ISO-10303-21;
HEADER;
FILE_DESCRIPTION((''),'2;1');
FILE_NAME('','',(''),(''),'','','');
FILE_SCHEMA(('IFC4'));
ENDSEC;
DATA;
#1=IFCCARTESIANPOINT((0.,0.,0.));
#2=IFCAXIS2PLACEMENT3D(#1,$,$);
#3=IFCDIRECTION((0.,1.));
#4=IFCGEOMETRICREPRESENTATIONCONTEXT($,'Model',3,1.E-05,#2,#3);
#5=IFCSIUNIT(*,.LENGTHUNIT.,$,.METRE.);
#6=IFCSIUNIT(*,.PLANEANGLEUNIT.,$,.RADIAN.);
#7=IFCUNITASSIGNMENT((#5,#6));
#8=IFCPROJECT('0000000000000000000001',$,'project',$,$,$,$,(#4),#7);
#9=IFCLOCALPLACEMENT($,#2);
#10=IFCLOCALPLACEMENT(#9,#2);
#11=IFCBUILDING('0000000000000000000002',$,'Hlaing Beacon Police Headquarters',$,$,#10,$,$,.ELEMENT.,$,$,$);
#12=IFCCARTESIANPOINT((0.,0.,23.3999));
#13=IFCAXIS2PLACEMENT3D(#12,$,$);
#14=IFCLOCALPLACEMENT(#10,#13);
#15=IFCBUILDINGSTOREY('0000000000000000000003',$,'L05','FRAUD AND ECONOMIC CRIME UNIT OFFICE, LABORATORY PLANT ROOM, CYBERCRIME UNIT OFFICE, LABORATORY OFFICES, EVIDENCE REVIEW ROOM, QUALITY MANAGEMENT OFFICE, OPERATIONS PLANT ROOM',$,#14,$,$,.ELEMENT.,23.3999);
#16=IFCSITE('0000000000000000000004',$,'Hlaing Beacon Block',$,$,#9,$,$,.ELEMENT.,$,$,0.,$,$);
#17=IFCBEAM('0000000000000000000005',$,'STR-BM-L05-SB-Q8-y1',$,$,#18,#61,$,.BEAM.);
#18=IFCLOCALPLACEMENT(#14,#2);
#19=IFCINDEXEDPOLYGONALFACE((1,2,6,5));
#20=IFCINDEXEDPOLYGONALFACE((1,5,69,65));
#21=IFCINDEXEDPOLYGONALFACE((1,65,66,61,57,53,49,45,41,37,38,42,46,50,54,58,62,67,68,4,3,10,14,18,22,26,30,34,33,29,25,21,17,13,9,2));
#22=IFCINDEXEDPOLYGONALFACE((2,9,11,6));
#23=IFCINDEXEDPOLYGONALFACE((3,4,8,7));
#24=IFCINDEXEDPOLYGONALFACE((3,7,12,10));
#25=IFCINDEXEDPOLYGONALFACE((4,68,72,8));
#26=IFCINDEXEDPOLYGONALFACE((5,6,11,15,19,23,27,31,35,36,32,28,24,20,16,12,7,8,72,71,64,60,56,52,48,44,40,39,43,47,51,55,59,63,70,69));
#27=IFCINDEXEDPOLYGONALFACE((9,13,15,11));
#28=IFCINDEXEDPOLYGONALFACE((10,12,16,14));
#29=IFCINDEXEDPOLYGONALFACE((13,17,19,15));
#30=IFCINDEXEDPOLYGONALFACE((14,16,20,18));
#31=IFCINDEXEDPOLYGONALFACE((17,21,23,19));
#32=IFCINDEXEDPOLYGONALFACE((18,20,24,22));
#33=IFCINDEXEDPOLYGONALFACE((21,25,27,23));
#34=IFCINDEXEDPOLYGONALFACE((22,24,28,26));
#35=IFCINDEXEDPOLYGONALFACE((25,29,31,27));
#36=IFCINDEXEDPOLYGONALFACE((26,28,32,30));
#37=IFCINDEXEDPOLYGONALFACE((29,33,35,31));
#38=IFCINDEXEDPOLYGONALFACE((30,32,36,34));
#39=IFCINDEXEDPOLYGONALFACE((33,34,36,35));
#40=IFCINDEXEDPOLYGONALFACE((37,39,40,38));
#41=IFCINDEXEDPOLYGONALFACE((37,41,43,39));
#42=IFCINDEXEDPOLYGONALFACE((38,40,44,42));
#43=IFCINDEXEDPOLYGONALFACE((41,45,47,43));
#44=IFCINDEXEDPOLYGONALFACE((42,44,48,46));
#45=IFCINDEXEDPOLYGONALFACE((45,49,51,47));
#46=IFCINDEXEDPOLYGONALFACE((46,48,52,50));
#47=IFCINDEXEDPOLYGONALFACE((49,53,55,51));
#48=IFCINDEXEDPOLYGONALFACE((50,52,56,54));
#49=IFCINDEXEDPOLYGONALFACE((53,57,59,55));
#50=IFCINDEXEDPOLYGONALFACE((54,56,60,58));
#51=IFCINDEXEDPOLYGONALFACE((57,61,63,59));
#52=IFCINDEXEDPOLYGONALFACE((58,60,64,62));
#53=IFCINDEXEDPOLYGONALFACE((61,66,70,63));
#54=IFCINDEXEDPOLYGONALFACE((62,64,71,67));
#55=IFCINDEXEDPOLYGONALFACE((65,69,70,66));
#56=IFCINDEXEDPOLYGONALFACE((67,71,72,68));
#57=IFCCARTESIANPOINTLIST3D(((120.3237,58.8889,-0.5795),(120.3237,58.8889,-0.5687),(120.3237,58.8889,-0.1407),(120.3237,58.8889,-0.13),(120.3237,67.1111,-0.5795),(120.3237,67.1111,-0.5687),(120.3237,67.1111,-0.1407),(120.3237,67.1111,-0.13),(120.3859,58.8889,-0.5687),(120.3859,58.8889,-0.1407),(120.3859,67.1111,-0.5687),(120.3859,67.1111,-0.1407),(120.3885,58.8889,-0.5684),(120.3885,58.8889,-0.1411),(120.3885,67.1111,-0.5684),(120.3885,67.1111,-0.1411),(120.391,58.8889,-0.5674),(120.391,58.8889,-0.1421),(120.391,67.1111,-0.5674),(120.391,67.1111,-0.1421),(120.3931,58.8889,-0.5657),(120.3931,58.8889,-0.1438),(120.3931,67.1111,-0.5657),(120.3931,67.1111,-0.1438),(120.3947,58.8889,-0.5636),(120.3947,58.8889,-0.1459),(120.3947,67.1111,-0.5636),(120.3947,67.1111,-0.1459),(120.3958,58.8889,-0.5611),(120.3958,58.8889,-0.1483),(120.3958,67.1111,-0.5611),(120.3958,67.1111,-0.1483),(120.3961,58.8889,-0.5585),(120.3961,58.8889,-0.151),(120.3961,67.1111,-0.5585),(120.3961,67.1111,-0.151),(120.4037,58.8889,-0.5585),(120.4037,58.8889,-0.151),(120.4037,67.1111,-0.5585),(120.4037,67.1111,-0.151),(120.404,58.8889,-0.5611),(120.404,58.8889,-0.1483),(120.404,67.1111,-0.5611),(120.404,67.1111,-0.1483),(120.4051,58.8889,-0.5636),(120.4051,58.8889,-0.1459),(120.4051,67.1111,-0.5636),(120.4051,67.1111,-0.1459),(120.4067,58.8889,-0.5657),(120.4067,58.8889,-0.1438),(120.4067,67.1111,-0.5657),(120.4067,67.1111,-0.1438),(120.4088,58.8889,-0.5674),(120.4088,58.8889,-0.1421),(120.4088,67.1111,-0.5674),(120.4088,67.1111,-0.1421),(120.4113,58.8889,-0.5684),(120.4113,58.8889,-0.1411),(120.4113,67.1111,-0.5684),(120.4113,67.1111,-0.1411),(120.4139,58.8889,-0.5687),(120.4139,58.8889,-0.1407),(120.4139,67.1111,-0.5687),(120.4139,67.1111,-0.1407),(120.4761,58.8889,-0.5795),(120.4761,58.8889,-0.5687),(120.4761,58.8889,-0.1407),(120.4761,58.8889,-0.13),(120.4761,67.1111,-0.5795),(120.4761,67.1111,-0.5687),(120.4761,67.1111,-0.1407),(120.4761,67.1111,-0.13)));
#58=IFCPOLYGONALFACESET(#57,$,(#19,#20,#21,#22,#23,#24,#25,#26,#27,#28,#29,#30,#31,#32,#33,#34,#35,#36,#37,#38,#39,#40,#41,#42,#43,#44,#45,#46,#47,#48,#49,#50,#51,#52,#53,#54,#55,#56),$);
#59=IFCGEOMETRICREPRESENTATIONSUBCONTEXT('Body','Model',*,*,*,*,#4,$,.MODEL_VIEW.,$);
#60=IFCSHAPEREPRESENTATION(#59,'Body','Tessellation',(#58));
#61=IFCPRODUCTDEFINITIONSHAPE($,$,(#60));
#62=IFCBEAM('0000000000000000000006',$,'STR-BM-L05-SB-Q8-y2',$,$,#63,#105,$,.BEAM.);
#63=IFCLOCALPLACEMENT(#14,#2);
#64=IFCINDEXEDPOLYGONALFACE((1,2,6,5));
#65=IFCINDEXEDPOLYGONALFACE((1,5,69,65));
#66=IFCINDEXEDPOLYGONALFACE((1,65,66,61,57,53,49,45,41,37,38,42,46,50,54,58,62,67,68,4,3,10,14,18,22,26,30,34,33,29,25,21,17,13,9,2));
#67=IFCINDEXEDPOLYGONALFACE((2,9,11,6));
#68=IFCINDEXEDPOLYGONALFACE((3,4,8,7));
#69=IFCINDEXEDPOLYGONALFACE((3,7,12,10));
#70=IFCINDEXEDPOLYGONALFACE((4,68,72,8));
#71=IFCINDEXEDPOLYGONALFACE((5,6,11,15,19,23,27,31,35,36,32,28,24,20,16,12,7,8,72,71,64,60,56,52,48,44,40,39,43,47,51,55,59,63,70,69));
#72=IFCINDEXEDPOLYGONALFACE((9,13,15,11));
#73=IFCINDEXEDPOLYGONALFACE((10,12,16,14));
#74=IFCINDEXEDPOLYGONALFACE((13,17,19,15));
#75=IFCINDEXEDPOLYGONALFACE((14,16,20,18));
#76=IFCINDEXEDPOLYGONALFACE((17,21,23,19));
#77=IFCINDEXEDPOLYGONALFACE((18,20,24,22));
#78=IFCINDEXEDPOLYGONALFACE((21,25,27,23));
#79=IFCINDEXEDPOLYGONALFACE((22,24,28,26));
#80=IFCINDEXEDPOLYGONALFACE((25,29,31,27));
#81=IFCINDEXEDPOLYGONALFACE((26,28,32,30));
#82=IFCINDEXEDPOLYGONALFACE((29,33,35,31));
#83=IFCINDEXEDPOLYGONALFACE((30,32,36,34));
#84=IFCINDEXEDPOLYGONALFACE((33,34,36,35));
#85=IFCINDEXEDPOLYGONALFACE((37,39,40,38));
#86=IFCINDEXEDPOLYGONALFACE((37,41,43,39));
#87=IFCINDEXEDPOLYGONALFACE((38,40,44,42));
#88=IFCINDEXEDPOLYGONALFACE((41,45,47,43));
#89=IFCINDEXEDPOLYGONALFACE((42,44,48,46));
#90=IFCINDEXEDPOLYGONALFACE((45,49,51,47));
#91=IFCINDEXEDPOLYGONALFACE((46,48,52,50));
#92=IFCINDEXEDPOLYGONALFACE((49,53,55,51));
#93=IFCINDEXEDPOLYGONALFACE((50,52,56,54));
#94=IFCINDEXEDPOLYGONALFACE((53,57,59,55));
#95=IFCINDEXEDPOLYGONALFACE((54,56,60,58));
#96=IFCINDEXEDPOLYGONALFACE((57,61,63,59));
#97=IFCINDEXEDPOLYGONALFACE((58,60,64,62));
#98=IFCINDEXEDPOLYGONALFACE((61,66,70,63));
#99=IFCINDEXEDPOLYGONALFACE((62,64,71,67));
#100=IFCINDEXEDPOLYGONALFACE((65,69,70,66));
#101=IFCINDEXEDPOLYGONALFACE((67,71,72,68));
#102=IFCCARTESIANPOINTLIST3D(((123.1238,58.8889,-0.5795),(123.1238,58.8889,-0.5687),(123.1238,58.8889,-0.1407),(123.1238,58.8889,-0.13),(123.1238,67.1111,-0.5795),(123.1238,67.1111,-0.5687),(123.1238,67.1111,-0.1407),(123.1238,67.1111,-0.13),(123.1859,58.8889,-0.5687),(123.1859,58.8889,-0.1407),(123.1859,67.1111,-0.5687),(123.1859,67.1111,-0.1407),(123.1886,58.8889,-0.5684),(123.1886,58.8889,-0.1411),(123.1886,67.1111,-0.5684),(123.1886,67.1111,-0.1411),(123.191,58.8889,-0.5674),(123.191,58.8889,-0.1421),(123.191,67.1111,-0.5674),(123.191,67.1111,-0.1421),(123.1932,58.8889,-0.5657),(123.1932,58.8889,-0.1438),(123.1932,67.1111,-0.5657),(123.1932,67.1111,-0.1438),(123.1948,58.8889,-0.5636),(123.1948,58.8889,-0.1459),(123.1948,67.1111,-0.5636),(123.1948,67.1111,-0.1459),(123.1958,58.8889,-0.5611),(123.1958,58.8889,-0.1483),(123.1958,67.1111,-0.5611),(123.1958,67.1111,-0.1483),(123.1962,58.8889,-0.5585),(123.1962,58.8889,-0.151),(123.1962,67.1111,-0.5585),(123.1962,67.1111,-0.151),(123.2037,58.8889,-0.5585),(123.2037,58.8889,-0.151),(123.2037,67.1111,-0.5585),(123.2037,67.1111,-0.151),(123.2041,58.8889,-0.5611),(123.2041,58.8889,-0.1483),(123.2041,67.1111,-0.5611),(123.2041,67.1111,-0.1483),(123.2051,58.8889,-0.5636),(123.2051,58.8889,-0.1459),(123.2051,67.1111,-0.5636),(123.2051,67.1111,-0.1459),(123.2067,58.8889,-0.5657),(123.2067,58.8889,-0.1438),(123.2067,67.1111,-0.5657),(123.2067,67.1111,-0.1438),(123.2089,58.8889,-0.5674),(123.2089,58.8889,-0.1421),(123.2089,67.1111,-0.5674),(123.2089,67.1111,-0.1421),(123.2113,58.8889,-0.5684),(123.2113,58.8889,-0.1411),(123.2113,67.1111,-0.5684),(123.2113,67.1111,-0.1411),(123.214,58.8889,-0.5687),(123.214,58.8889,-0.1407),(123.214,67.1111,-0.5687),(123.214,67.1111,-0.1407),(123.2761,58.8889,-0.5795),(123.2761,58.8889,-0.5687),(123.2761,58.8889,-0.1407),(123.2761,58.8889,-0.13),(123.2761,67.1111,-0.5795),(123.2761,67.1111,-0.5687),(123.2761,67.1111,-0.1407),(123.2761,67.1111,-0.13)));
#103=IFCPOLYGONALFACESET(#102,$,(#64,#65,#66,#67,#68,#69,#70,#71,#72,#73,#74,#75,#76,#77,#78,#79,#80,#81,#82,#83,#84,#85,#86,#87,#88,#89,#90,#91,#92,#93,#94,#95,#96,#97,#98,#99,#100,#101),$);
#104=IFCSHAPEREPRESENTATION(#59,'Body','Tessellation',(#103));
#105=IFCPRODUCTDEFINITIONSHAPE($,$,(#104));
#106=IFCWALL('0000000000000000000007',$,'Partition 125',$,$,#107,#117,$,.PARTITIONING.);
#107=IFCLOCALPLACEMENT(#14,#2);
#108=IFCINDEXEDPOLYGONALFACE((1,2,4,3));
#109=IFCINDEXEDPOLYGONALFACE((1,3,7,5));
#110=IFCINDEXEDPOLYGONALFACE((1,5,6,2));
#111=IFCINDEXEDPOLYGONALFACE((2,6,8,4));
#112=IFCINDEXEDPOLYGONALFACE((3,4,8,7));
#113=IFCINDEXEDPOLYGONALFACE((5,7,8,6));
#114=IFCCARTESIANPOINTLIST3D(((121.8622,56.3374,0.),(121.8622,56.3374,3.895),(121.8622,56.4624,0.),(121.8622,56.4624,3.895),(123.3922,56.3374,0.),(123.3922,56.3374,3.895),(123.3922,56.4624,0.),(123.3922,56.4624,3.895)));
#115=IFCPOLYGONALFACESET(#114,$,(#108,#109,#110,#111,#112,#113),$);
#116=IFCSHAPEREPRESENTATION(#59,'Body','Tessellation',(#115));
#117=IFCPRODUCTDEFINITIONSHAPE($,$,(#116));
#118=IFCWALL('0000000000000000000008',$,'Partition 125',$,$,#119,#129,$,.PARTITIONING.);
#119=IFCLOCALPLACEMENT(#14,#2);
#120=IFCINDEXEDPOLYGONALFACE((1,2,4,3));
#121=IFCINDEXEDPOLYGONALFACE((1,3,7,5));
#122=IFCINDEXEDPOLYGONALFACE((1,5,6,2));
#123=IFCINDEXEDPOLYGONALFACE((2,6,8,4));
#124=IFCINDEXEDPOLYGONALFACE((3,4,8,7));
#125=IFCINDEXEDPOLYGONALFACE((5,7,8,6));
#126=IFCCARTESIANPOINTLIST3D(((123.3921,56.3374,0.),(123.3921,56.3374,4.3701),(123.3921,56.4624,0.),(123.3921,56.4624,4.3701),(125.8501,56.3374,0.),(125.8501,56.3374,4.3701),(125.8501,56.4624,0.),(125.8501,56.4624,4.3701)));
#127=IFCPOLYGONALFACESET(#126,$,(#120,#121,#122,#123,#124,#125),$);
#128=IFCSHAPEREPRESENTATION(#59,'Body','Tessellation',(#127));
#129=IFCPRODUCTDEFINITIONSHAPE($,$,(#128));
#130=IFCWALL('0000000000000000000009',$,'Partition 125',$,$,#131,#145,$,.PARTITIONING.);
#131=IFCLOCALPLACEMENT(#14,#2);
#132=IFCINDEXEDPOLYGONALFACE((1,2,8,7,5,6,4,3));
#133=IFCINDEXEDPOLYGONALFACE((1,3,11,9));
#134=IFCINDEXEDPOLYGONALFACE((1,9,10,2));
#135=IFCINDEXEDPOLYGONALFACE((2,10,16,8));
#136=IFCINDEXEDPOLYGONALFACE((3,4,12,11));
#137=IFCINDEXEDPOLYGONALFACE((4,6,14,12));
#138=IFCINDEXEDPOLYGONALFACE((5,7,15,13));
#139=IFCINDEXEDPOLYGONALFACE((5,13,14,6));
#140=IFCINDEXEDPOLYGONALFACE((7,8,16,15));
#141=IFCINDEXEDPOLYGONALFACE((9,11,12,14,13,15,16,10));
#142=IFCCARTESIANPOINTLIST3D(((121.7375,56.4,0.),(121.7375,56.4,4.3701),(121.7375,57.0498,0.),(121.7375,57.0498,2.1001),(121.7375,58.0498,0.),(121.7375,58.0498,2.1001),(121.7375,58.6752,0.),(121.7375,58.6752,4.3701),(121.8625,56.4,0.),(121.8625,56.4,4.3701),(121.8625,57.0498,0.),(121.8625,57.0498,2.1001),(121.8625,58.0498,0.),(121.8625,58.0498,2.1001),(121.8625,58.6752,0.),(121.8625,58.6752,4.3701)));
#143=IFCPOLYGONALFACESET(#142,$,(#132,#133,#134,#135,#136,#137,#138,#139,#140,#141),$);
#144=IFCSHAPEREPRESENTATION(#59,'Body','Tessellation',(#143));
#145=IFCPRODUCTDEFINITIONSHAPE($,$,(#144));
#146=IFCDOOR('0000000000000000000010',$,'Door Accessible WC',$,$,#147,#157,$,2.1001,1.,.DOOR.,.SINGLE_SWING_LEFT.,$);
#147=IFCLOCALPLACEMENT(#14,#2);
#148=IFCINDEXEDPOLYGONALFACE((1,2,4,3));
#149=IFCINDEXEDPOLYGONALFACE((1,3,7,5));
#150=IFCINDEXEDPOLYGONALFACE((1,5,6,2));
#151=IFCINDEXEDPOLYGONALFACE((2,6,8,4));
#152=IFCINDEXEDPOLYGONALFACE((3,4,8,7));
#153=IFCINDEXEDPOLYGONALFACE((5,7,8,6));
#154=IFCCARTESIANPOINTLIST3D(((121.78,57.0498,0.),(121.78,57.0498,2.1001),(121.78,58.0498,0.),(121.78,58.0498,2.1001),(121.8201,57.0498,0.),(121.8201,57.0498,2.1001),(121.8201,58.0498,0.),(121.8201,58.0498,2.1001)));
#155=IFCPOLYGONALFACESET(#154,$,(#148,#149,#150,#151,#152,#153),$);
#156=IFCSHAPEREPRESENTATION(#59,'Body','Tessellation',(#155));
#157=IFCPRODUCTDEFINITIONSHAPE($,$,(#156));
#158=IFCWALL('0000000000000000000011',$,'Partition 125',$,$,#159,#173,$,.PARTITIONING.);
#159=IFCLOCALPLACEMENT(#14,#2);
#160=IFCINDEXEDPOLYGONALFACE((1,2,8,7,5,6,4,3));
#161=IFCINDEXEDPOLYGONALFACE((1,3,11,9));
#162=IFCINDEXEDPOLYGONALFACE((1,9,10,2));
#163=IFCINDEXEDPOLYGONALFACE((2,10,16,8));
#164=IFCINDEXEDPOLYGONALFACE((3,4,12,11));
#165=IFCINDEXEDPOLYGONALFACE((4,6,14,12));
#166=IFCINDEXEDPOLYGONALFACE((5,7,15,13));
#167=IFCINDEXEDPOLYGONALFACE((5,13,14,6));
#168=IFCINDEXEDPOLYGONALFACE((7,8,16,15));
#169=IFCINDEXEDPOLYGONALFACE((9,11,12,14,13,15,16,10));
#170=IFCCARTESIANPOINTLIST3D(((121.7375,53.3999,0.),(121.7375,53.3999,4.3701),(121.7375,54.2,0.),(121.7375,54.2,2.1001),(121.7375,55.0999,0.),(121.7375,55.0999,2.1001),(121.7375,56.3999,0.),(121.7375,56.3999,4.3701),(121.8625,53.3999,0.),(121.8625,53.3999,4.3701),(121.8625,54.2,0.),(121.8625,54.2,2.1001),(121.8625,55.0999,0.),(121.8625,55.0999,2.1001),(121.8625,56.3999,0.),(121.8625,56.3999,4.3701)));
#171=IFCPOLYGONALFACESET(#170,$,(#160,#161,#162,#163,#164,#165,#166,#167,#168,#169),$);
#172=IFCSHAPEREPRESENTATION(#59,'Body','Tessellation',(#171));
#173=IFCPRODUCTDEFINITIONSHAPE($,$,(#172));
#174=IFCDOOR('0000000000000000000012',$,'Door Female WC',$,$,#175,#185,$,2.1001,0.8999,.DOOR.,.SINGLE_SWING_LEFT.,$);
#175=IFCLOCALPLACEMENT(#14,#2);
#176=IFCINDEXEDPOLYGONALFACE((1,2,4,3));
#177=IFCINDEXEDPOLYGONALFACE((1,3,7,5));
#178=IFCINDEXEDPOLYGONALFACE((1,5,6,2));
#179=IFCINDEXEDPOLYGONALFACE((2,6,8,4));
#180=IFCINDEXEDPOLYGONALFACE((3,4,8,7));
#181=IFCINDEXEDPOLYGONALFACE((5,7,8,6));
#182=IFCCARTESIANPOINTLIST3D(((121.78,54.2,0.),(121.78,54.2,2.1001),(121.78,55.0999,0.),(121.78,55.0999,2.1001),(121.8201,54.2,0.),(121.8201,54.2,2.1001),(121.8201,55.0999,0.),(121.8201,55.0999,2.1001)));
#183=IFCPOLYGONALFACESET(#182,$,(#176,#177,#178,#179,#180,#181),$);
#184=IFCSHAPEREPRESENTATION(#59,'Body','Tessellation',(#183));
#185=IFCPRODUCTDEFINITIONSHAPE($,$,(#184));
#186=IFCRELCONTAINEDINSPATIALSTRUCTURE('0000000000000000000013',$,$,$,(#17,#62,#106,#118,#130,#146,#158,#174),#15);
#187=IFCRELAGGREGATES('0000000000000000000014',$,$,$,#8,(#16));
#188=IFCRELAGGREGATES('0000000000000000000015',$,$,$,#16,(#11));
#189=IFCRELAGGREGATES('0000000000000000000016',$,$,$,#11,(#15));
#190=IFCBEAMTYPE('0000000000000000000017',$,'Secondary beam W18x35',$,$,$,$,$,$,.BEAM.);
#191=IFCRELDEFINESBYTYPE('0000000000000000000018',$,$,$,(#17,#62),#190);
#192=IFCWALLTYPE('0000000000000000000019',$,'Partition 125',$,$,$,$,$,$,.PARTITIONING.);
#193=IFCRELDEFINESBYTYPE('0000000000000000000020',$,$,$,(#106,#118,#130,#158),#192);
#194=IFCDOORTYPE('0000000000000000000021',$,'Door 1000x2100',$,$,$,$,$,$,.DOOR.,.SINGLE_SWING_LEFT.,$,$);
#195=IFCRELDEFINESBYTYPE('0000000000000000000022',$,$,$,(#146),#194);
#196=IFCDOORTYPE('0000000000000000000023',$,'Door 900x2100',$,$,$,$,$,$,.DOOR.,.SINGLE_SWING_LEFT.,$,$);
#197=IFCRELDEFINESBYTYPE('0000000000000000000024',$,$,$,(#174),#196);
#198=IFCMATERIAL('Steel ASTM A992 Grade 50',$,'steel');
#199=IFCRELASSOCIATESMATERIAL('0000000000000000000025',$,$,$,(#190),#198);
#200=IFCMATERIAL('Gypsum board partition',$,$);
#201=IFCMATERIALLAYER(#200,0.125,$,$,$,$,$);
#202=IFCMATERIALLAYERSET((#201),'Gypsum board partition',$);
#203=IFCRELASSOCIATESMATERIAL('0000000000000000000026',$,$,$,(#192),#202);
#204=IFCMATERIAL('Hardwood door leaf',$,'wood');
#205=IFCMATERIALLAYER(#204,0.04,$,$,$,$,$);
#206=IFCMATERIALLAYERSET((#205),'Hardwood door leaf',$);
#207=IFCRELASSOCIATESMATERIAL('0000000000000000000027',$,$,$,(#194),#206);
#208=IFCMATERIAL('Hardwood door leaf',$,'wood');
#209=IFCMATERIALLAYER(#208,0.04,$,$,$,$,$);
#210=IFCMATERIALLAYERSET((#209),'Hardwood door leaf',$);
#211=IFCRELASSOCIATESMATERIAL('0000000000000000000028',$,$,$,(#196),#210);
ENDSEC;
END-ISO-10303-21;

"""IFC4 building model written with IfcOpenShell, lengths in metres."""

from ifc_helpers import new_model, si_unit, direction, frame, frame_2d, origin, origin_2d, place, context, subcontext, project, spatial, rectangle, i_section, extrude, material, layer, layer_set, material_profile, profile_set, type_object, element, fill, save


model = new_model("IFC4")

# Units and contexts
model_context = context("Model", 3, precision=1e-05, world=origin(), true_north=direction((0.0, 1.0)))
body_context = subcontext(model_context, "Body", "Model", "MODEL_VIEW")
ifc_project = project(units=[si_unit("LENGTHUNIT", "METRE"), si_unit("PLANEANGLEUNIT", "RADIAN")], contexts=[model_context])

# Site, building, storey
site_placement = place(None, origin())
site = spatial("IfcSite", under=ifc_project, at=site_placement, Name="Hlaing Beacon Block", CompositionType="ELEMENT", RefElevation=0.0)
building_placement = place(site_placement, origin())
building = spatial("IfcBuilding", under=site, at=building_placement, Name="Hlaing Beacon Police Headquarters", CompositionType="ELEMENT")
storey_placement = place(building_placement, frame((0.0, 0.0, 23.3999)))
storey = spatial("IfcBuildingStorey", under=building, at=storey_placement, Name="L05", Description="FRAUD AND ECONOMIC CRIME UNIT OFFICE, LABORATORY PLANT ROOM, CYBERCRIME UNIT OFFICE, LABORATORY OFFICES, EVIDENCE REVIEW ROOM, QUALITY MANAGEMENT OFFICE, OPERATIONS PLANT ROOM", CompositionType="ELEMENT", Elevation=23.3999)

# Beams
ifc_material_1 = material(Name="Steel ASTM A992 Grade 50", Category="steel")
ifc_material_profile = material_profile(ifc_material_1, i_section(OverallWidth=0.1523, OverallDepth=0.4495, WebThickness=0.0076, FlangeThickness=0.0107, FilletRadius=0.0103, at=origin_2d()), Name="W18x35")
ifc_profile_set = profile_set([ifc_material_profile], Name="Steel ASTM A992 Grade 50")
beam_type = type_object("IfcBeamType", Name="Secondary beam W18x35", PredefinedType="BEAM", material=ifc_profile_set)
for number, where, z_axis, x_axis, name in (
    (1, (120.3999, 58.8889, -0.3547), (0.0, 1.0, 0.0), (-1.0, 0.0, 0.0), "STR-BM-L05-SB-Q8-y1"),
    (2, (123.2, 58.8889, -0.3547), (0.0, 1.0, 0.0), (-1.0, 0.0, 0.0), "STR-BM-L05-SB-Q8-y2"),
):
    element("IfcBeam", number, at=place(storey_placement, frame(where, z_axis=z_axis, x_axis=x_axis)), inside=storey, type_object=beam_type, Name=name, PredefinedType="BEAM", context=body_context, shape_type="SweptSolid", body=[
        extrude(i_section(OverallWidth=0.1523, OverallDepth=0.4495, WebThickness=0.0076, FlangeThickness=0.0107, FilletRadius=0.0103, at=origin_2d()), origin(), (0.0, 0.0, 1.0), 8.2222),
    ])

# Walls
ifc_material_2 = material(Name="Gypsum board partition")
ifc_layer_1 = layer(ifc_material_2, 0.125)
ifc_layer_set_1 = layer_set([ifc_layer_1], Name="Gypsum board partition")
wall_type_1 = type_object("IfcWallType", Name="Partition 125", PredefinedType="PARTITIONING", material=ifc_layer_set_1)
wall_1_placement = place(storey_placement, frame((121.8621, 56.3999, 0.0), z_axis=(0.0, 0.0, 1.0), x_axis=(1.0, 0.0, 0.0)))
element("IfcWall", 3, at=wall_1_placement, inside=storey, type_object=wall_type_1, Name="Partition 125", PredefinedType="PARTITIONING", context=body_context, shape_type="SweptSolid", body=[
    extrude(rectangle(XDim=1.53, YDim=0.125, at=frame_2d((0.7651, 0.0))), origin(), (0.0, 0.0, 1.0), 3.895),
])
wall_2_placement = place(storey_placement, frame((123.3921, 56.3999, 0.0), z_axis=(0.0, 0.0, 1.0), x_axis=(1.0, 0.0, 0.0)))
element("IfcWall", 4, at=wall_2_placement, inside=storey, type_object=wall_type_1, Name="Partition 125", PredefinedType="PARTITIONING", context=body_context, shape_type="SweptSolid", body=[
    extrude(rectangle(XDim=2.458, YDim=0.125, at=frame_2d((1.229, 0.0))), origin(), (0.0, 0.0, 1.0), 4.3701),
])

# Walls, openings, doors
wall_3_placement = place(storey_placement, frame((121.8, 56.3999, 0.0), z_axis=(0.0, 0.0, 1.0), x_axis=(0.0, 1.0, 0.0)))
wall_3 = element("IfcWall", 5, at=wall_3_placement, inside=storey, type_object=wall_type_1, Name="Partition 125", PredefinedType="PARTITIONING", context=body_context, shape_type="SweptSolid", body=[
    extrude(rectangle(XDim=2.2751, YDim=0.125, at=frame_2d((1.1377, 0.0))), origin(), (0.0, 0.0, 1.0), 4.3701),
])
opening_1_placement = place(wall_3_placement, frame((0.6499, 0.0, 0.0)))
opening_1 = element("IfcOpeningElement", 6, at=opening_1_placement, cuts=wall_3, PredefinedType="OPENING", context=body_context, shape_type="SweptSolid", body=[
    extrude(rectangle(XDim=1.0, YDim=2.1001, at=frame_2d((0.5, 1.05))), frame((0.0, 0.0725, 0.0), z_axis=(0.0, -1.0, 0.0), x_axis=(1.0, 0.0, 0.0)), (0.0, 0.0, 1.0), 0.145),
])
ifc_material_3 = material(Name="Hardwood door leaf", Category="wood")
ifc_layer_2 = layer(ifc_material_3, 0.04)
ifc_layer_set_2 = layer_set([ifc_layer_2], Name="Hardwood door leaf")
door_type_1 = type_object("IfcDoorType", Name="Door 1000x2100", OperationType="SINGLE_SWING_LEFT", PredefinedType="DOOR", material=ifc_layer_set_2)
door_1_placement = place(opening_1_placement, frame((1.0, 0.0, 0.0), z_axis=(0.0, 0.0, 1.0), x_axis=(-1.0, 0.0, 0.0)))
door_1 = element("IfcDoor", 7, at=door_1_placement, inside=storey, type_object=door_type_1, Name="Door Accessible WC", OperationType="SINGLE_SWING_LEFT", OverallHeight=2.1001, OverallWidth=1.0, PredefinedType="DOOR", context=body_context, shape_type="SweptSolid", body=[
    extrude(rectangle(XDim=1.0, YDim=2.1001, at=frame_2d((0.5, 1.05))), frame((0.0, 0.02, 0.0), z_axis=(0.0, -1.0, 0.0), x_axis=(1.0, 0.0, 0.0)), (0.0, 0.0, 1.0), 0.04),
])
fill(opening_1, door_1)
wall_4_placement = place(storey_placement, frame((121.8, 53.3999, 0.0), z_axis=(0.0, 0.0, 1.0), x_axis=(0.0, 1.0, 0.0)))
wall_4 = element("IfcWall", 8, at=wall_4_placement, inside=storey, type_object=wall_type_1, Name="Partition 125", PredefinedType="PARTITIONING", context=body_context, shape_type="SweptSolid", body=[
    extrude(rectangle(XDim=3.0, YDim=0.125, at=frame_2d((1.5, 0.0))), origin(), (0.0, 0.0, 1.0), 4.3701),
])
opening_2_placement = place(wall_4_placement, frame((0.8, 0.0, 0.0)))
opening_2 = element("IfcOpeningElement", 9, at=opening_2_placement, cuts=wall_4, PredefinedType="OPENING", context=body_context, shape_type="SweptSolid", body=[
    extrude(rectangle(XDim=0.8999, YDim=2.1001, at=frame_2d((0.45, 1.05))), frame((0.0, 0.0725, 0.0), z_axis=(0.0, -1.0, 0.0), x_axis=(1.0, 0.0, 0.0)), (0.0, 0.0, 1.0), 0.145),
])
ifc_material_4 = material(Name="Hardwood door leaf", Category="wood")
ifc_layer_3 = layer(ifc_material_4, 0.04)
ifc_layer_set_3 = layer_set([ifc_layer_3], Name="Hardwood door leaf")
door_type_2 = type_object("IfcDoorType", Name="Door 900x2100", OperationType="SINGLE_SWING_LEFT", PredefinedType="DOOR", material=ifc_layer_set_3)
door_2_placement = place(opening_2_placement, frame((0.8999, 0.0, 0.0), z_axis=(0.0, 0.0, 1.0), x_axis=(-1.0, 0.0, 0.0)))
door_2 = element("IfcDoor", 10, at=door_2_placement, inside=storey, type_object=door_type_2, Name="Door Female WC", OperationType="SINGLE_SWING_LEFT", OverallHeight=2.1001, OverallWidth=0.8999, PredefinedType="DOOR", context=body_context, shape_type="SweptSolid", body=[
    extrude(rectangle(XDim=0.8999, YDim=2.1001, at=frame_2d((0.45, 1.05))), frame((0.0, 0.02, 0.0), z_axis=(0.0, -1.0, 0.0), x_axis=(1.0, 0.0, 0.0)), (0.0, 0.0, 1.0), 0.04),
])
fill(opening_2, door_2)

save(model, "model.ifc")
